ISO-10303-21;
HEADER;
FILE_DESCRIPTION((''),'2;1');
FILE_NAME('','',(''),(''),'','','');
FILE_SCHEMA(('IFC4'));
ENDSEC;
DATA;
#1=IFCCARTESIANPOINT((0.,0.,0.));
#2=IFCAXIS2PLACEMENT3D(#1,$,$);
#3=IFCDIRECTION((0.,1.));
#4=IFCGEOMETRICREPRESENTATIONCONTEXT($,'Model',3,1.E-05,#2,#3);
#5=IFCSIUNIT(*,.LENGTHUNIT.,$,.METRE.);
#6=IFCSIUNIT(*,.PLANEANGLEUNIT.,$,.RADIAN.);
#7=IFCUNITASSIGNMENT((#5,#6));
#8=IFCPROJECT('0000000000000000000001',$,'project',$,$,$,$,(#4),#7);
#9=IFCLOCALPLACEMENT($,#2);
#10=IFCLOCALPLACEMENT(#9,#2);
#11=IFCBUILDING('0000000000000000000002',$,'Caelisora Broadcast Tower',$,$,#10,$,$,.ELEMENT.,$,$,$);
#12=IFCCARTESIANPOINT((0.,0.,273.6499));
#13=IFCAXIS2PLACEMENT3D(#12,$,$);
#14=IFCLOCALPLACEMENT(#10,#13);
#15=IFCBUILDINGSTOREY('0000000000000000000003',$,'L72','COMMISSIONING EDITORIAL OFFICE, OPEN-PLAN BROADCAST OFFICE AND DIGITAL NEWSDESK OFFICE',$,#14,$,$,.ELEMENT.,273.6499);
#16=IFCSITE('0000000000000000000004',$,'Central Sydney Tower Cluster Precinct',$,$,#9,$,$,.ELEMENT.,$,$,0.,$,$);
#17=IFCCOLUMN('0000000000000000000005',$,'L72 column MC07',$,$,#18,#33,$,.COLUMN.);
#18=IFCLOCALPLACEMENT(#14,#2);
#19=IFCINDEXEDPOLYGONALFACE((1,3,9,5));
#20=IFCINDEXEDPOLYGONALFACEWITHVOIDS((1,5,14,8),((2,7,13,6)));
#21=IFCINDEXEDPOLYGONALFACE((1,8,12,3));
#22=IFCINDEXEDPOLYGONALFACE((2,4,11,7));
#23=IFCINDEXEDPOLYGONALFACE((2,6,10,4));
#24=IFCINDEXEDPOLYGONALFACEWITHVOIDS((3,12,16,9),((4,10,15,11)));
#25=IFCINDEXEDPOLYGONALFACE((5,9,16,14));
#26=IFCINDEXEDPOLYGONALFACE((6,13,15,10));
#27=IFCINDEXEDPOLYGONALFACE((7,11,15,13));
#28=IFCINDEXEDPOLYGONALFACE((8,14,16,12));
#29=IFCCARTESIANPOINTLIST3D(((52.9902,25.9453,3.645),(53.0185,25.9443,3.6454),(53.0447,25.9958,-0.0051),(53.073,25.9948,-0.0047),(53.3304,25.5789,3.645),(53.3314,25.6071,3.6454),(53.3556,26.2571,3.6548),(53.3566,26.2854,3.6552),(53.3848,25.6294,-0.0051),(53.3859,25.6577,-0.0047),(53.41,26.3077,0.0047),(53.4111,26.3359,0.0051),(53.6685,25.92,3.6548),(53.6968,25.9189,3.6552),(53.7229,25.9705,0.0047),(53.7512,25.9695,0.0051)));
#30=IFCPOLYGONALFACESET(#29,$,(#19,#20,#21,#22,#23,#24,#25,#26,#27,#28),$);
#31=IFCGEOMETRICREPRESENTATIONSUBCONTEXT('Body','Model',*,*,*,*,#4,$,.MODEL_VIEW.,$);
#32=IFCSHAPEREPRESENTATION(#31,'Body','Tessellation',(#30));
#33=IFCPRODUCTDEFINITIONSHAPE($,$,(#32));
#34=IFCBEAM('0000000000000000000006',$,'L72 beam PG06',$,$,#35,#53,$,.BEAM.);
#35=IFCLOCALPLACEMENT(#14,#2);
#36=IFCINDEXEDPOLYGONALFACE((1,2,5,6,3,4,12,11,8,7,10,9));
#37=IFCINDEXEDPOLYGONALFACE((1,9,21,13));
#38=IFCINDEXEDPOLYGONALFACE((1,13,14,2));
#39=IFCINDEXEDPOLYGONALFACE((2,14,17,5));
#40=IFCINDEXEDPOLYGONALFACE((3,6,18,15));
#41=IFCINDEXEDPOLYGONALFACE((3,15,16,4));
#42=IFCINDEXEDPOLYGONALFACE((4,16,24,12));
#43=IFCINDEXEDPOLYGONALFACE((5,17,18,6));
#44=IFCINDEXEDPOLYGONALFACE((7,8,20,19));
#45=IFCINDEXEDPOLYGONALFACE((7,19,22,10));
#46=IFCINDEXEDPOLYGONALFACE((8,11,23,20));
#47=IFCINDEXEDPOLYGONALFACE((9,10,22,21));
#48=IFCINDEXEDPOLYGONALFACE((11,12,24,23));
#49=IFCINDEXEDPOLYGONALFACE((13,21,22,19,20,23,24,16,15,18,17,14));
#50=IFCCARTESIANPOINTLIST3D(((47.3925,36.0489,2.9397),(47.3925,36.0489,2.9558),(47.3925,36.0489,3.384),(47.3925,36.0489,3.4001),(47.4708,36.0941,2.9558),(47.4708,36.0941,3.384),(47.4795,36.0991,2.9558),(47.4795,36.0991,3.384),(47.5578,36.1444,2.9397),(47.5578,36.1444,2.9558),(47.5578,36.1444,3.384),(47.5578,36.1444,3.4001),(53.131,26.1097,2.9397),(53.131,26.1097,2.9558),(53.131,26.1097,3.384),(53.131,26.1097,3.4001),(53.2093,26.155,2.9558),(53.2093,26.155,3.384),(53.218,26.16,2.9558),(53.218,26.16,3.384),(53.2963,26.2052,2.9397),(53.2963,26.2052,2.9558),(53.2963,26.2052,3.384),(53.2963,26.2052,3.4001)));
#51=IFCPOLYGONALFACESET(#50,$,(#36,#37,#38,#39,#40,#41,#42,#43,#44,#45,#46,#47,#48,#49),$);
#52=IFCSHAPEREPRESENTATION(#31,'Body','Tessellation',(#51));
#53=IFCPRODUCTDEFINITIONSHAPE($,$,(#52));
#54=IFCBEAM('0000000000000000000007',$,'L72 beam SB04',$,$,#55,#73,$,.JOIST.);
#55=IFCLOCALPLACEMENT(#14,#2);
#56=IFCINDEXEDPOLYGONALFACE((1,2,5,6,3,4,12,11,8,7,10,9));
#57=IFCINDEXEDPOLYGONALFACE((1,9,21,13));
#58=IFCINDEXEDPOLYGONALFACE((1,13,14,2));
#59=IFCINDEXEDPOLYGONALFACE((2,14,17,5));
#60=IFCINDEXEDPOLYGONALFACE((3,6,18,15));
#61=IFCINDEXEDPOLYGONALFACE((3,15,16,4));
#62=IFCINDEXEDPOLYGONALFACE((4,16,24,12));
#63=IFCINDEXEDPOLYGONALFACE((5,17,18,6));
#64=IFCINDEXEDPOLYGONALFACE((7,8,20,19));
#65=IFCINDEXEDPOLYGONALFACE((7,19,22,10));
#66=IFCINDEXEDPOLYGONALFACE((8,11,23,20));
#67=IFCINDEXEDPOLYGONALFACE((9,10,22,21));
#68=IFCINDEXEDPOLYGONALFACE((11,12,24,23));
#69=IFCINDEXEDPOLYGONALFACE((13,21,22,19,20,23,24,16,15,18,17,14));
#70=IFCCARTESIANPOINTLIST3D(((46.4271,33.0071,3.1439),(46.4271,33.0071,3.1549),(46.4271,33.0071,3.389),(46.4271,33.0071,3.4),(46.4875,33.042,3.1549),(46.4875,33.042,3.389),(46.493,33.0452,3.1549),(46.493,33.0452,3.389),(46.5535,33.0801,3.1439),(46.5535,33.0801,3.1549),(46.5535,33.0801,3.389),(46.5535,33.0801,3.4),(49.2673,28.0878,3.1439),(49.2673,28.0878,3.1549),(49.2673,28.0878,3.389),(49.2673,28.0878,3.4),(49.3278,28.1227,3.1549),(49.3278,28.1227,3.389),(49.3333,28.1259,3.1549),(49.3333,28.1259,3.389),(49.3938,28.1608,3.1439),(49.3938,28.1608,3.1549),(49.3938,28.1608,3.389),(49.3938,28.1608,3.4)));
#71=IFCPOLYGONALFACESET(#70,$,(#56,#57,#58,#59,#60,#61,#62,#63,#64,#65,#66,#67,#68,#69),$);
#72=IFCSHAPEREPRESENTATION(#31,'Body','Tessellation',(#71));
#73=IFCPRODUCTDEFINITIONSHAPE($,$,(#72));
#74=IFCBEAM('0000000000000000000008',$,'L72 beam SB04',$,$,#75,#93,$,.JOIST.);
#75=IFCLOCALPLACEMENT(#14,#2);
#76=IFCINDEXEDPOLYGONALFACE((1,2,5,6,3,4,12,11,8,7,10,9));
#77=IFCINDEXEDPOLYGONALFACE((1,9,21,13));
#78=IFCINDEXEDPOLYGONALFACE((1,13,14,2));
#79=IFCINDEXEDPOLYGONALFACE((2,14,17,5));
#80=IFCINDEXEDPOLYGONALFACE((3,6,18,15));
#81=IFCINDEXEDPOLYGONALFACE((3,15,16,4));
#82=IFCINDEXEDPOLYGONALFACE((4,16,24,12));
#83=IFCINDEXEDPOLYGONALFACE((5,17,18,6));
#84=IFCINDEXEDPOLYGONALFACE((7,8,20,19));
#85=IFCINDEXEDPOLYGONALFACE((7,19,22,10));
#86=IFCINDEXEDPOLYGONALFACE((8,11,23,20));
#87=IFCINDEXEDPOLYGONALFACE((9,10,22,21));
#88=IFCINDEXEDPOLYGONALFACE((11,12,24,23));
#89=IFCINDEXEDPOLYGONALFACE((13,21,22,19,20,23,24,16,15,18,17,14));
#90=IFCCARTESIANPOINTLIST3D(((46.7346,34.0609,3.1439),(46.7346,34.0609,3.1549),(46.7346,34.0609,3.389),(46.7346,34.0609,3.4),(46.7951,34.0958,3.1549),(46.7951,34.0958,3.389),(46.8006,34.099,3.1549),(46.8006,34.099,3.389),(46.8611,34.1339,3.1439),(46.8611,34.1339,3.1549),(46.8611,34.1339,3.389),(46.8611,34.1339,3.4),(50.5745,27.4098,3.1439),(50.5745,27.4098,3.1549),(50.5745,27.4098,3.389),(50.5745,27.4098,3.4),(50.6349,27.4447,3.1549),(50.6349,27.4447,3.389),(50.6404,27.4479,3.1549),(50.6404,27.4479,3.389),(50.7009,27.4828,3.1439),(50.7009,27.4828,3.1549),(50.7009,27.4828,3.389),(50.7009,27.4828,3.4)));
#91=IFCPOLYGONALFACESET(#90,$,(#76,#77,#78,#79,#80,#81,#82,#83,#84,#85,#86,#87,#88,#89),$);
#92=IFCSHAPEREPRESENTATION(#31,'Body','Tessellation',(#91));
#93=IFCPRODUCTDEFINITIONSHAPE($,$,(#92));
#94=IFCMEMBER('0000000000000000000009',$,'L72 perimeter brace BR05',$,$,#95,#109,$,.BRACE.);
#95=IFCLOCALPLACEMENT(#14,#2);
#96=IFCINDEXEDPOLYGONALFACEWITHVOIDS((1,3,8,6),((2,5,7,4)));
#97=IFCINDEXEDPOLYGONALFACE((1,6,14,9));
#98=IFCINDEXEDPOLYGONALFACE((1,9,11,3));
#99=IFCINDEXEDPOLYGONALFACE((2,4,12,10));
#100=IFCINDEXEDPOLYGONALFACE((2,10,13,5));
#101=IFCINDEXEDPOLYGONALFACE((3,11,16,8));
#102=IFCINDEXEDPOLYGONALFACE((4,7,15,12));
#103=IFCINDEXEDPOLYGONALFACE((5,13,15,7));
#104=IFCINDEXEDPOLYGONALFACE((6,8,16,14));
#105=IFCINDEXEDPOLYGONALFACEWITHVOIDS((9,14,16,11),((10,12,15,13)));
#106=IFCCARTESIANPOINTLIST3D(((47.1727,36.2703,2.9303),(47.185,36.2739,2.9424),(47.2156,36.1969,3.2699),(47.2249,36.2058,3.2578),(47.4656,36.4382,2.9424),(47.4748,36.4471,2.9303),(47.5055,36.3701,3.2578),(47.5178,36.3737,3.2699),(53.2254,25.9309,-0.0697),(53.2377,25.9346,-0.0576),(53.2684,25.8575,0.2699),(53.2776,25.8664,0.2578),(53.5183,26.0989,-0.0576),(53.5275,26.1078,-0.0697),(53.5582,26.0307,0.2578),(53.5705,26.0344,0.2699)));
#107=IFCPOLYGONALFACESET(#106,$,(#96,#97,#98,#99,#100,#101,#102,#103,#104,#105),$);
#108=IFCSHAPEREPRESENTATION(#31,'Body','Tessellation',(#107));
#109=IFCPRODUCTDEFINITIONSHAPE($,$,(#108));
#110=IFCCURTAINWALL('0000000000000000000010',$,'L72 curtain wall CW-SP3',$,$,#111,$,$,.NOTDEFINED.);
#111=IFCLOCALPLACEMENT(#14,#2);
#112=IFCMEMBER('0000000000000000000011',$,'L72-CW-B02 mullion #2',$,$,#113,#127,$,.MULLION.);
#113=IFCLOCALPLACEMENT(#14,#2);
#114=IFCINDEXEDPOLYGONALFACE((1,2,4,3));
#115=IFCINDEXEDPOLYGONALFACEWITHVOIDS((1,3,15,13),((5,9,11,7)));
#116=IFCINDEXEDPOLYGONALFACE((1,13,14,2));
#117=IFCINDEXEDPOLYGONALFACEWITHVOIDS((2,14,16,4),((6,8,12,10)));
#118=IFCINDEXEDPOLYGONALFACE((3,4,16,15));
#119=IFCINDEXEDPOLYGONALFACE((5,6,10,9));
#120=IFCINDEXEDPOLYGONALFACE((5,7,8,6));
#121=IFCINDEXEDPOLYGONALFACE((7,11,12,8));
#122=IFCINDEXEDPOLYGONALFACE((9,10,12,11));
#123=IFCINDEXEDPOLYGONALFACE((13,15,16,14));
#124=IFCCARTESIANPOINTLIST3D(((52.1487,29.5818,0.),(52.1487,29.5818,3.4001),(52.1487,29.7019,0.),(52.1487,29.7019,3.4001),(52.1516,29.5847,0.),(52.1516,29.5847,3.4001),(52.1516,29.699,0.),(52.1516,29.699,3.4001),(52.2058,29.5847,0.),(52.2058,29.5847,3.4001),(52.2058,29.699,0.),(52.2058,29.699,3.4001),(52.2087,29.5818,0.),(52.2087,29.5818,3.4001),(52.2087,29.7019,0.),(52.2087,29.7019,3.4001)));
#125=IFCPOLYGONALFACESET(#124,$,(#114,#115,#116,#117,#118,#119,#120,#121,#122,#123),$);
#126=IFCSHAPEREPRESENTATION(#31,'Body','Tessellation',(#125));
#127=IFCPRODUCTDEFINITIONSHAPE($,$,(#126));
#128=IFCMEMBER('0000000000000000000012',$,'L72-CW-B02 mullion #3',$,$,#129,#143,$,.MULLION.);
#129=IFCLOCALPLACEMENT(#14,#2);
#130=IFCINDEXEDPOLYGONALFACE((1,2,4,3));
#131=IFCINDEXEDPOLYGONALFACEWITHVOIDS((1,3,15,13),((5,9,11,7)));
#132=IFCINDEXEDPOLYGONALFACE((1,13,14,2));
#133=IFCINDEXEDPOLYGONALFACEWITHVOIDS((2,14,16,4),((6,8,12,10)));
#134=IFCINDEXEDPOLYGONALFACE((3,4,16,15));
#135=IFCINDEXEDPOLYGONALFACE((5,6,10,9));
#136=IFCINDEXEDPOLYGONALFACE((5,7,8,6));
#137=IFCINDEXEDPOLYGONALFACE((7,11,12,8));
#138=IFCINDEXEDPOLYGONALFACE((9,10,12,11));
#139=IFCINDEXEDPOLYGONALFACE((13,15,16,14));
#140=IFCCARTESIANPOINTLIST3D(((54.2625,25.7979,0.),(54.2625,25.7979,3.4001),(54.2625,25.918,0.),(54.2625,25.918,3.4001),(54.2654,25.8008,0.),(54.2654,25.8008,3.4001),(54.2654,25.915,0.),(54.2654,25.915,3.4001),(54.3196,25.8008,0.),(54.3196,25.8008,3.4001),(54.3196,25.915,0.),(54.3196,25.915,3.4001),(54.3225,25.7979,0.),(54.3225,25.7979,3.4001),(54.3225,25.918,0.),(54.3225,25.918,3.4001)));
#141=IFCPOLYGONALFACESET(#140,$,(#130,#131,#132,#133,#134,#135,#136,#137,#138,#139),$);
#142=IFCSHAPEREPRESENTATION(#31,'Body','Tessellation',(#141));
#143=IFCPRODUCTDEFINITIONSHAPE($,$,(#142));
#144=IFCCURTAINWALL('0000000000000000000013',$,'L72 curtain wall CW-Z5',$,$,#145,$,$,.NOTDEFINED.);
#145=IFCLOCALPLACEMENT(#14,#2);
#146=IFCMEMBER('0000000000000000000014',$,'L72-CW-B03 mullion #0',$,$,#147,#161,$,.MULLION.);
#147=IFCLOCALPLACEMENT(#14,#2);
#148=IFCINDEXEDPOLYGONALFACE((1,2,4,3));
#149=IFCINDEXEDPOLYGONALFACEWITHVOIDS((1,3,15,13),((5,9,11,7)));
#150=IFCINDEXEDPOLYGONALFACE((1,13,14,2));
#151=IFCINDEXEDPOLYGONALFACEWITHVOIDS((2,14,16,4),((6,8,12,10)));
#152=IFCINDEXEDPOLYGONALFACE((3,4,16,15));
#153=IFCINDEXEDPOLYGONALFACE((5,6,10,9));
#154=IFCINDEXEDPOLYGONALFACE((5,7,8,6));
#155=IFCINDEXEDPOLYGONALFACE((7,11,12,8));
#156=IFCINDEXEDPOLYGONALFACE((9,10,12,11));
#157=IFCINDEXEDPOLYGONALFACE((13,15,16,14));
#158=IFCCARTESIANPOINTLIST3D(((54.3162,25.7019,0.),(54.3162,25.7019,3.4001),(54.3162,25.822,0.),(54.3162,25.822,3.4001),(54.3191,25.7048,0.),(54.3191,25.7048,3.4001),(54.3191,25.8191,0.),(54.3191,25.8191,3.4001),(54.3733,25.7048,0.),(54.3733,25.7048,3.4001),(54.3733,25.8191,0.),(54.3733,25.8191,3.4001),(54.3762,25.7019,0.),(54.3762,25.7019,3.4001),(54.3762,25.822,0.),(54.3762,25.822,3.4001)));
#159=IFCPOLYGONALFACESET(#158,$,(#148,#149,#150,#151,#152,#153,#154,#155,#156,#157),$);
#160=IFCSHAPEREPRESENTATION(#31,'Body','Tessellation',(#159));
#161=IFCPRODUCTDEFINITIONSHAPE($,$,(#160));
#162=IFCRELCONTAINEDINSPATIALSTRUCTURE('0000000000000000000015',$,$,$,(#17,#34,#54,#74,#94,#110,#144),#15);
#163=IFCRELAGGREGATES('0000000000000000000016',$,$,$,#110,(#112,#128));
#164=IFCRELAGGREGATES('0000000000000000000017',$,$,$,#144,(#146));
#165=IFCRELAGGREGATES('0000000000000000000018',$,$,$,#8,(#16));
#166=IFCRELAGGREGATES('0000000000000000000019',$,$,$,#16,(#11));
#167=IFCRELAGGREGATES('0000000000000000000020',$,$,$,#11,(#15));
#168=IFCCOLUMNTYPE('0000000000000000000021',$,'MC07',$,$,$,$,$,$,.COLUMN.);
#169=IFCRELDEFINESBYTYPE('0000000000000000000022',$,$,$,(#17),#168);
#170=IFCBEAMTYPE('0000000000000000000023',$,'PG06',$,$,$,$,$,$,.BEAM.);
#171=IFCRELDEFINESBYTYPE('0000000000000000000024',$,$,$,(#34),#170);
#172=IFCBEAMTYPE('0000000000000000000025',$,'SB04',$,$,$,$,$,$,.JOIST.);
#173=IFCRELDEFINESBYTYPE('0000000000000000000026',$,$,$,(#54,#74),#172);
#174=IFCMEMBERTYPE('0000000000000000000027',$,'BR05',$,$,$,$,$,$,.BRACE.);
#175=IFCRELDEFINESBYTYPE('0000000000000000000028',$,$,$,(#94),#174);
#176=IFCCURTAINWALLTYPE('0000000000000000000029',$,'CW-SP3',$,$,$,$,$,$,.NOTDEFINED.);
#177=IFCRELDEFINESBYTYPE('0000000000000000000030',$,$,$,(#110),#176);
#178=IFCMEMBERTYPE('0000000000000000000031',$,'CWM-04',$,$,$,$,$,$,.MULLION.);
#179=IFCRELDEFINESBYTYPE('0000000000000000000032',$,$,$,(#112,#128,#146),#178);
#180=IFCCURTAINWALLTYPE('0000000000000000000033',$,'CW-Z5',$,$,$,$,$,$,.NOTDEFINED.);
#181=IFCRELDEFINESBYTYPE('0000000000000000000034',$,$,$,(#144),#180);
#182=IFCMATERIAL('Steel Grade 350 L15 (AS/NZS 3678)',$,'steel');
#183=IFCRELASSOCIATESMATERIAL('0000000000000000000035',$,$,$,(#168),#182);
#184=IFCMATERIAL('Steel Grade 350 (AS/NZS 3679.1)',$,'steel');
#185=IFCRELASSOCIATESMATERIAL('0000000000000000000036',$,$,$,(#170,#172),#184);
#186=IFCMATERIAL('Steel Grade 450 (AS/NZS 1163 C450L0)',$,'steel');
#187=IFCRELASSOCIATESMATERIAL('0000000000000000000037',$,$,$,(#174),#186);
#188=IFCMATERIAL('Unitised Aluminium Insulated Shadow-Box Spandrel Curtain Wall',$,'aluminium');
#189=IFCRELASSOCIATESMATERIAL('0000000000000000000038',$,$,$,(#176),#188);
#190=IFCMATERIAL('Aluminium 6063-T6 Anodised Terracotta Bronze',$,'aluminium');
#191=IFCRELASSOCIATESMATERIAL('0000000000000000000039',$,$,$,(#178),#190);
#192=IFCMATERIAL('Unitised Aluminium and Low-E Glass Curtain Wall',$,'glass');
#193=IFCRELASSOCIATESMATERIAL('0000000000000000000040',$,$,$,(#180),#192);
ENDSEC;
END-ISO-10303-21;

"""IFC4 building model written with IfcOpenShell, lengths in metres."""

from ifc_helpers import new_model, si_unit, direction, frame, origin, origin_2d, place, context, subcontext, project, spatial, hollow_rectangle, i_section, extrude, source, transform, mapped, material, material_profile, profile_set, type_object, type_shapes, element, aggregate, save


model = new_model("IFC4")

# Units and contexts
model_context = context("Model", 3, precision=1e-05, world=origin(), true_north=direction((0.0, 1.0)))
body_context = subcontext(model_context, "Body", "Model", "MODEL_VIEW")
ifc_project = project(units=[si_unit("LENGTHUNIT", "METRE"), si_unit("PLANEANGLEUNIT", "RADIAN")], contexts=[model_context])

# Site, building, storey
site_placement = place(None, origin())
site = spatial("IfcSite", under=ifc_project, at=site_placement, Name="Central Sydney Tower Cluster Precinct", CompositionType="ELEMENT", RefElevation=0.0)
building_placement = place(site_placement, origin())
building = spatial("IfcBuilding", under=site, at=building_placement, Name="Caelisora Broadcast Tower", CompositionType="ELEMENT")
storey_placement = place(building_placement, frame((0.0, 0.0, 273.6499)))
storey = spatial("IfcBuildingStorey", under=building, at=storey_placement, Name="L72", Description="COMMISSIONING EDITORIAL OFFICE, OPEN-PLAN BROADCAST OFFICE AND DIGITAL NEWSDESK OFFICE", CompositionType="ELEMENT", Elevation=273.6499)

# Column
ifc_material_1 = material(Name="Steel Grade 350 L15 (AS/NZS 3678)", Category="steel")
ifc_material_profile_1 = material_profile(ifc_material_1, hollow_rectangle(XDim=0.5, YDim=0.5, WallThickness=0.02, at=origin_2d()), Name="Steel Grade 350 L15 (AS/NZS 3678)")
ifc_profile_set_1 = profile_set([ifc_material_profile_1], Name="Steel Grade 350 L15 (AS/NZS 3678)")
column_type = type_object("IfcColumnType", Name="MC07", PredefinedType="COLUMN", material=ifc_profile_set_1)
shared_shape_1 = source(origin(), body_context, "Body", "SweptSolid", [
    extrude(hollow_rectangle(XDim=0.5, YDim=0.5, WallThickness=0.02, at=origin_2d()), origin(), (0.0, 0.0, 1.0), 3.6509),
])
type_shapes(column_type, [shared_shape_1])
column_placement = place(storey_placement, frame((53.3979, 25.9827, 0.0), z_axis=(-0.014912, -0.013842, 0.999793), x_axis=(0.680325, -0.732911, 0.0)))
element("IfcColumn", 1, at=column_placement, inside=storey, type_object=column_type, Name="L72 column MC07", PredefinedType="COLUMN", context=body_context, shape_type="MappedRepresentation", body=[
    mapped(shared_shape_1, transform((0.0, 0.0, 0.0), scale=1.0)),
])

# Beams
ifc_material_2 = material(Name="Steel Grade 350 (AS/NZS 3679.1)", Category="steel")
ifc_material_profile_2 = material_profile(ifc_material_2, i_section(OverallWidth=0.1909, OverallDepth=0.4604, WebThickness=0.01, FlangeThickness=0.0161, at=origin_2d()), Name="Steel Grade 350 (AS/NZS 3679.1)")
ifc_profile_set_2 = profile_set([ifc_material_profile_2], Name="Steel Grade 350 (AS/NZS 3679.1)")
beam_type_1 = type_object("IfcBeamType", Name="PG06", PredefinedType="BEAM", material=ifc_profile_set_2)
shared_shape_2 = source(origin(), body_context, "Body", "SweptSolid", [
    extrude(i_section(OverallWidth=0.1909, OverallDepth=0.4604, WebThickness=0.01, FlangeThickness=0.0161, at=origin_2d()), origin(), (0.0, 0.0, 1.0), 11.4768),
])
type_shapes(beam_type_1, [shared_shape_2])
beam_1_placement = place(storey_placement, frame((53.2136, 26.1575, 3.1699), z_axis=(-0.500008, 0.866021, 0.0), x_axis=(-0.866021, -0.500008, 0.0)))
element("IfcBeam", 2, at=beam_1_placement, inside=storey, type_object=beam_type_1, Name="L72 beam PG06", PredefinedType="BEAM", context=body_context, shape_type="MappedRepresentation", body=[
    mapped(shared_shape_2, transform((0.0, 0.0, 0.0), scale=1.0)),
])
ifc_material_profile_3 = material_profile(ifc_material_2, i_section(OverallWidth=0.146, OverallDepth=0.2561, WebThickness=0.0063, FlangeThickness=0.011, at=origin_2d()), Name="Steel Grade 350 (AS/NZS 3679.1)")
ifc_profile_set_3 = profile_set([ifc_material_profile_3], Name="Steel Grade 350 (AS/NZS 3679.1)")
beam_type_2 = type_object("IfcBeamType", Name="SB04", PredefinedType="JOIST", material=ifc_profile_set_3)
shared_shape_3 = source(origin(), body_context, "Body", "SweptSolid", [
    extrude(i_section(OverallWidth=0.146, OverallDepth=0.2561, WebThickness=0.0063, FlangeThickness=0.011, at=origin_2d()), origin(), (0.0, 0.0, 1.0), 5.6804),
])
beam_2_placement = place(storey_placement, frame((49.3306, 28.1243, 3.272), z_axis=(-0.500013, 0.866018, 0.0), x_axis=(-0.866018, -0.500013, 0.0)))
element("IfcBeam", 3, at=beam_2_placement, inside=storey, type_object=beam_type_2, Name="L72 beam SB04", PredefinedType="JOIST", context=body_context, shape_type="MappedRepresentation", body=[
    mapped(shared_shape_3, transform((0.0, 0.0, 0.0), scale=1.0)),
])
shared_shape_4 = source(origin(), body_context, "Body", "SweptSolid", [
    extrude(i_section(OverallWidth=0.146, OverallDepth=0.2561, WebThickness=0.0063, FlangeThickness=0.011, at=origin_2d()), origin(), (0.0, 0.0, 1.0), 7.6799),
])
type_shapes(beam_type_2, [shared_shape_3, shared_shape_4])
beam_3_placement = place(storey_placement, frame((50.6377, 27.4463, 3.272), z_axis=(-0.499982, 0.866036, 0.0), x_axis=(-0.866036, -0.499982, 0.0)))
element("IfcBeam", 4, at=beam_3_placement, inside=storey, type_object=beam_type_2, Name="L72 beam SB04", PredefinedType="JOIST", context=body_context, shape_type="MappedRepresentation", body=[
    mapped(shared_shape_4, transform((0.0, 0.0, 0.0), scale=1.0)),
])

# Member
ifc_material_3 = material(Name="Steel Grade 450 (AS/NZS 1163 C450L0)", Category="steel")
ifc_material_profile_4 = material_profile(ifc_material_3, hollow_rectangle(XDim=0.3501, YDim=0.3501, WallThickness=0.0125, at=origin_2d()), Name="Steel Grade 450 (AS/NZS 1163 C450L0)")
ifc_profile_set_4 = profile_set([ifc_material_profile_4], Name="Steel Grade 450 (AS/NZS 1163 C450L0)")
member_type_1 = type_object("IfcMemberType", Name="BR05", PredefinedType="BRACE", material=ifc_profile_set_4)
shared_shape_5 = source(origin(), body_context, "Body", "SweptSolid", [
    extrude(hollow_rectangle(XDim=0.3501, YDim=0.3501, WallThickness=0.0125, at=origin_2d()), origin(), (0.0, 0.0, 1.0), 12.3506),
])
type_shapes(member_type_1, [shared_shape_5])
member_1_placement = place(storey_placement, frame((53.3979, 25.9827, 0.1001), z_axis=(-0.490075, 0.837153, 0.242903), x_axis=(-0.862999, -0.505206, 0.0)))
element("IfcMember", 5, at=member_1_placement, inside=storey, type_object=member_type_1, Name="L72 perimeter brace BR05", PredefinedType="BRACE", context=body_context, shape_type="MappedRepresentation", body=[
    mapped(shared_shape_5, transform((0.0, 0.0, 0.0), scale=1.0)),
])

# Curtain walls, members
ifc_material_4 = material(Name="Unitised Aluminium Insulated Shadow-Box Spandrel Curtain Wall", Category="aluminium")
curtain_wall_type_1 = type_object("IfcCurtainWallType", Name="CW-SP3", PredefinedType="NOTDEFINED", material=ifc_material_4)
curtain_wall_1_placement = place(storey_placement, origin())
curtain_wall_1 = element("IfcCurtainWall", 6, at=curtain_wall_1_placement, inside=storey, type_object=curtain_wall_type_1, Name="L72 curtain wall CW-SP3", PredefinedType="NOTDEFINED")
ifc_material_5 = material(Name="Aluminium 6063-T6 Anodised Terracotta Bronze", Category="aluminium")
ifc_material_profile_5 = material_profile(ifc_material_5, hollow_rectangle(XDim=0.0601, YDim=0.1201, WallThickness=0.0029, at=origin_2d()), Name="Aluminium 6063-T6 Anodised Terracotta Bronze")
ifc_profile_set_5 = profile_set([ifc_material_profile_5], Name="Aluminium 6063-T6 Anodised Terracotta Bronze")
member_type_2 = type_object("IfcMemberType", Name="CWM-04", PredefinedType="MULLION", material=ifc_profile_set_5)
shared_shape_6 = source(origin(), body_context, "Body", "SweptSolid", [
    extrude(hollow_rectangle(XDim=0.0601, YDim=0.1201, WallThickness=0.0029, at=origin_2d()), origin(), (0.0, 0.0, 1.0), 3.4001),
])
type_shapes(member_type_2, [shared_shape_6])
member_2_placement = place(storey_placement, frame((52.1787, 29.6418, 0.0), z_axis=(0.0, 0.0, 1.0), x_axis=(1.0, 0.0, 0.0)))
member_2 = element("IfcMember", 7, at=member_2_placement, type_object=member_type_2, Name="L72-CW-B02 mullion #2", PredefinedType="MULLION", context=body_context, shape_type="MappedRepresentation", body=[
    mapped(shared_shape_6, transform((0.0, 0.0, 0.0), scale=1.0)),
])
member_3_placement = place(storey_placement, frame((54.2925, 25.8579, 0.0), z_axis=(0.0, 0.0, 1.0), x_axis=(1.0, 0.0, 0.0)))
member_3 = element("IfcMember", 8, at=member_3_placement, type_object=member_type_2, Name="L72-CW-B02 mullion #3", PredefinedType="MULLION", context=body_context, shape_type="MappedRepresentation", body=[
    mapped(shared_shape_6, transform((0.0, 0.0, 0.0), scale=1.0)),
])
ifc_material_6 = material(Name="Unitised Aluminium and Low-E Glass Curtain Wall", Category="glass")
curtain_wall_type_2 = type_object("IfcCurtainWallType", Name="CW-Z5", PredefinedType="NOTDEFINED", material=ifc_material_6)
curtain_wall_2_placement = place(storey_placement, origin())
curtain_wall_2 = element("IfcCurtainWall", 9, at=curtain_wall_2_placement, inside=storey, type_object=curtain_wall_type_2, Name="L72 curtain wall CW-Z5", PredefinedType="NOTDEFINED")
member_4_placement = place(storey_placement, frame((54.3462, 25.762, 0.0), z_axis=(0.0, 0.0, 1.0), x_axis=(1.0, 0.0, 0.0)))
member_4 = element("IfcMember", 10, at=member_4_placement, type_object=member_type_2, Name="L72-CW-B03 mullion #0", PredefinedType="MULLION", context=body_context, shape_type="MappedRepresentation", body=[
    mapped(shared_shape_6, transform((0.0, 0.0, 0.0), scale=1.0)),
])

aggregate(curtain_wall_1, [member_2, member_3])
aggregate(curtain_wall_2, [member_4])

save(model, "model.ifc")
